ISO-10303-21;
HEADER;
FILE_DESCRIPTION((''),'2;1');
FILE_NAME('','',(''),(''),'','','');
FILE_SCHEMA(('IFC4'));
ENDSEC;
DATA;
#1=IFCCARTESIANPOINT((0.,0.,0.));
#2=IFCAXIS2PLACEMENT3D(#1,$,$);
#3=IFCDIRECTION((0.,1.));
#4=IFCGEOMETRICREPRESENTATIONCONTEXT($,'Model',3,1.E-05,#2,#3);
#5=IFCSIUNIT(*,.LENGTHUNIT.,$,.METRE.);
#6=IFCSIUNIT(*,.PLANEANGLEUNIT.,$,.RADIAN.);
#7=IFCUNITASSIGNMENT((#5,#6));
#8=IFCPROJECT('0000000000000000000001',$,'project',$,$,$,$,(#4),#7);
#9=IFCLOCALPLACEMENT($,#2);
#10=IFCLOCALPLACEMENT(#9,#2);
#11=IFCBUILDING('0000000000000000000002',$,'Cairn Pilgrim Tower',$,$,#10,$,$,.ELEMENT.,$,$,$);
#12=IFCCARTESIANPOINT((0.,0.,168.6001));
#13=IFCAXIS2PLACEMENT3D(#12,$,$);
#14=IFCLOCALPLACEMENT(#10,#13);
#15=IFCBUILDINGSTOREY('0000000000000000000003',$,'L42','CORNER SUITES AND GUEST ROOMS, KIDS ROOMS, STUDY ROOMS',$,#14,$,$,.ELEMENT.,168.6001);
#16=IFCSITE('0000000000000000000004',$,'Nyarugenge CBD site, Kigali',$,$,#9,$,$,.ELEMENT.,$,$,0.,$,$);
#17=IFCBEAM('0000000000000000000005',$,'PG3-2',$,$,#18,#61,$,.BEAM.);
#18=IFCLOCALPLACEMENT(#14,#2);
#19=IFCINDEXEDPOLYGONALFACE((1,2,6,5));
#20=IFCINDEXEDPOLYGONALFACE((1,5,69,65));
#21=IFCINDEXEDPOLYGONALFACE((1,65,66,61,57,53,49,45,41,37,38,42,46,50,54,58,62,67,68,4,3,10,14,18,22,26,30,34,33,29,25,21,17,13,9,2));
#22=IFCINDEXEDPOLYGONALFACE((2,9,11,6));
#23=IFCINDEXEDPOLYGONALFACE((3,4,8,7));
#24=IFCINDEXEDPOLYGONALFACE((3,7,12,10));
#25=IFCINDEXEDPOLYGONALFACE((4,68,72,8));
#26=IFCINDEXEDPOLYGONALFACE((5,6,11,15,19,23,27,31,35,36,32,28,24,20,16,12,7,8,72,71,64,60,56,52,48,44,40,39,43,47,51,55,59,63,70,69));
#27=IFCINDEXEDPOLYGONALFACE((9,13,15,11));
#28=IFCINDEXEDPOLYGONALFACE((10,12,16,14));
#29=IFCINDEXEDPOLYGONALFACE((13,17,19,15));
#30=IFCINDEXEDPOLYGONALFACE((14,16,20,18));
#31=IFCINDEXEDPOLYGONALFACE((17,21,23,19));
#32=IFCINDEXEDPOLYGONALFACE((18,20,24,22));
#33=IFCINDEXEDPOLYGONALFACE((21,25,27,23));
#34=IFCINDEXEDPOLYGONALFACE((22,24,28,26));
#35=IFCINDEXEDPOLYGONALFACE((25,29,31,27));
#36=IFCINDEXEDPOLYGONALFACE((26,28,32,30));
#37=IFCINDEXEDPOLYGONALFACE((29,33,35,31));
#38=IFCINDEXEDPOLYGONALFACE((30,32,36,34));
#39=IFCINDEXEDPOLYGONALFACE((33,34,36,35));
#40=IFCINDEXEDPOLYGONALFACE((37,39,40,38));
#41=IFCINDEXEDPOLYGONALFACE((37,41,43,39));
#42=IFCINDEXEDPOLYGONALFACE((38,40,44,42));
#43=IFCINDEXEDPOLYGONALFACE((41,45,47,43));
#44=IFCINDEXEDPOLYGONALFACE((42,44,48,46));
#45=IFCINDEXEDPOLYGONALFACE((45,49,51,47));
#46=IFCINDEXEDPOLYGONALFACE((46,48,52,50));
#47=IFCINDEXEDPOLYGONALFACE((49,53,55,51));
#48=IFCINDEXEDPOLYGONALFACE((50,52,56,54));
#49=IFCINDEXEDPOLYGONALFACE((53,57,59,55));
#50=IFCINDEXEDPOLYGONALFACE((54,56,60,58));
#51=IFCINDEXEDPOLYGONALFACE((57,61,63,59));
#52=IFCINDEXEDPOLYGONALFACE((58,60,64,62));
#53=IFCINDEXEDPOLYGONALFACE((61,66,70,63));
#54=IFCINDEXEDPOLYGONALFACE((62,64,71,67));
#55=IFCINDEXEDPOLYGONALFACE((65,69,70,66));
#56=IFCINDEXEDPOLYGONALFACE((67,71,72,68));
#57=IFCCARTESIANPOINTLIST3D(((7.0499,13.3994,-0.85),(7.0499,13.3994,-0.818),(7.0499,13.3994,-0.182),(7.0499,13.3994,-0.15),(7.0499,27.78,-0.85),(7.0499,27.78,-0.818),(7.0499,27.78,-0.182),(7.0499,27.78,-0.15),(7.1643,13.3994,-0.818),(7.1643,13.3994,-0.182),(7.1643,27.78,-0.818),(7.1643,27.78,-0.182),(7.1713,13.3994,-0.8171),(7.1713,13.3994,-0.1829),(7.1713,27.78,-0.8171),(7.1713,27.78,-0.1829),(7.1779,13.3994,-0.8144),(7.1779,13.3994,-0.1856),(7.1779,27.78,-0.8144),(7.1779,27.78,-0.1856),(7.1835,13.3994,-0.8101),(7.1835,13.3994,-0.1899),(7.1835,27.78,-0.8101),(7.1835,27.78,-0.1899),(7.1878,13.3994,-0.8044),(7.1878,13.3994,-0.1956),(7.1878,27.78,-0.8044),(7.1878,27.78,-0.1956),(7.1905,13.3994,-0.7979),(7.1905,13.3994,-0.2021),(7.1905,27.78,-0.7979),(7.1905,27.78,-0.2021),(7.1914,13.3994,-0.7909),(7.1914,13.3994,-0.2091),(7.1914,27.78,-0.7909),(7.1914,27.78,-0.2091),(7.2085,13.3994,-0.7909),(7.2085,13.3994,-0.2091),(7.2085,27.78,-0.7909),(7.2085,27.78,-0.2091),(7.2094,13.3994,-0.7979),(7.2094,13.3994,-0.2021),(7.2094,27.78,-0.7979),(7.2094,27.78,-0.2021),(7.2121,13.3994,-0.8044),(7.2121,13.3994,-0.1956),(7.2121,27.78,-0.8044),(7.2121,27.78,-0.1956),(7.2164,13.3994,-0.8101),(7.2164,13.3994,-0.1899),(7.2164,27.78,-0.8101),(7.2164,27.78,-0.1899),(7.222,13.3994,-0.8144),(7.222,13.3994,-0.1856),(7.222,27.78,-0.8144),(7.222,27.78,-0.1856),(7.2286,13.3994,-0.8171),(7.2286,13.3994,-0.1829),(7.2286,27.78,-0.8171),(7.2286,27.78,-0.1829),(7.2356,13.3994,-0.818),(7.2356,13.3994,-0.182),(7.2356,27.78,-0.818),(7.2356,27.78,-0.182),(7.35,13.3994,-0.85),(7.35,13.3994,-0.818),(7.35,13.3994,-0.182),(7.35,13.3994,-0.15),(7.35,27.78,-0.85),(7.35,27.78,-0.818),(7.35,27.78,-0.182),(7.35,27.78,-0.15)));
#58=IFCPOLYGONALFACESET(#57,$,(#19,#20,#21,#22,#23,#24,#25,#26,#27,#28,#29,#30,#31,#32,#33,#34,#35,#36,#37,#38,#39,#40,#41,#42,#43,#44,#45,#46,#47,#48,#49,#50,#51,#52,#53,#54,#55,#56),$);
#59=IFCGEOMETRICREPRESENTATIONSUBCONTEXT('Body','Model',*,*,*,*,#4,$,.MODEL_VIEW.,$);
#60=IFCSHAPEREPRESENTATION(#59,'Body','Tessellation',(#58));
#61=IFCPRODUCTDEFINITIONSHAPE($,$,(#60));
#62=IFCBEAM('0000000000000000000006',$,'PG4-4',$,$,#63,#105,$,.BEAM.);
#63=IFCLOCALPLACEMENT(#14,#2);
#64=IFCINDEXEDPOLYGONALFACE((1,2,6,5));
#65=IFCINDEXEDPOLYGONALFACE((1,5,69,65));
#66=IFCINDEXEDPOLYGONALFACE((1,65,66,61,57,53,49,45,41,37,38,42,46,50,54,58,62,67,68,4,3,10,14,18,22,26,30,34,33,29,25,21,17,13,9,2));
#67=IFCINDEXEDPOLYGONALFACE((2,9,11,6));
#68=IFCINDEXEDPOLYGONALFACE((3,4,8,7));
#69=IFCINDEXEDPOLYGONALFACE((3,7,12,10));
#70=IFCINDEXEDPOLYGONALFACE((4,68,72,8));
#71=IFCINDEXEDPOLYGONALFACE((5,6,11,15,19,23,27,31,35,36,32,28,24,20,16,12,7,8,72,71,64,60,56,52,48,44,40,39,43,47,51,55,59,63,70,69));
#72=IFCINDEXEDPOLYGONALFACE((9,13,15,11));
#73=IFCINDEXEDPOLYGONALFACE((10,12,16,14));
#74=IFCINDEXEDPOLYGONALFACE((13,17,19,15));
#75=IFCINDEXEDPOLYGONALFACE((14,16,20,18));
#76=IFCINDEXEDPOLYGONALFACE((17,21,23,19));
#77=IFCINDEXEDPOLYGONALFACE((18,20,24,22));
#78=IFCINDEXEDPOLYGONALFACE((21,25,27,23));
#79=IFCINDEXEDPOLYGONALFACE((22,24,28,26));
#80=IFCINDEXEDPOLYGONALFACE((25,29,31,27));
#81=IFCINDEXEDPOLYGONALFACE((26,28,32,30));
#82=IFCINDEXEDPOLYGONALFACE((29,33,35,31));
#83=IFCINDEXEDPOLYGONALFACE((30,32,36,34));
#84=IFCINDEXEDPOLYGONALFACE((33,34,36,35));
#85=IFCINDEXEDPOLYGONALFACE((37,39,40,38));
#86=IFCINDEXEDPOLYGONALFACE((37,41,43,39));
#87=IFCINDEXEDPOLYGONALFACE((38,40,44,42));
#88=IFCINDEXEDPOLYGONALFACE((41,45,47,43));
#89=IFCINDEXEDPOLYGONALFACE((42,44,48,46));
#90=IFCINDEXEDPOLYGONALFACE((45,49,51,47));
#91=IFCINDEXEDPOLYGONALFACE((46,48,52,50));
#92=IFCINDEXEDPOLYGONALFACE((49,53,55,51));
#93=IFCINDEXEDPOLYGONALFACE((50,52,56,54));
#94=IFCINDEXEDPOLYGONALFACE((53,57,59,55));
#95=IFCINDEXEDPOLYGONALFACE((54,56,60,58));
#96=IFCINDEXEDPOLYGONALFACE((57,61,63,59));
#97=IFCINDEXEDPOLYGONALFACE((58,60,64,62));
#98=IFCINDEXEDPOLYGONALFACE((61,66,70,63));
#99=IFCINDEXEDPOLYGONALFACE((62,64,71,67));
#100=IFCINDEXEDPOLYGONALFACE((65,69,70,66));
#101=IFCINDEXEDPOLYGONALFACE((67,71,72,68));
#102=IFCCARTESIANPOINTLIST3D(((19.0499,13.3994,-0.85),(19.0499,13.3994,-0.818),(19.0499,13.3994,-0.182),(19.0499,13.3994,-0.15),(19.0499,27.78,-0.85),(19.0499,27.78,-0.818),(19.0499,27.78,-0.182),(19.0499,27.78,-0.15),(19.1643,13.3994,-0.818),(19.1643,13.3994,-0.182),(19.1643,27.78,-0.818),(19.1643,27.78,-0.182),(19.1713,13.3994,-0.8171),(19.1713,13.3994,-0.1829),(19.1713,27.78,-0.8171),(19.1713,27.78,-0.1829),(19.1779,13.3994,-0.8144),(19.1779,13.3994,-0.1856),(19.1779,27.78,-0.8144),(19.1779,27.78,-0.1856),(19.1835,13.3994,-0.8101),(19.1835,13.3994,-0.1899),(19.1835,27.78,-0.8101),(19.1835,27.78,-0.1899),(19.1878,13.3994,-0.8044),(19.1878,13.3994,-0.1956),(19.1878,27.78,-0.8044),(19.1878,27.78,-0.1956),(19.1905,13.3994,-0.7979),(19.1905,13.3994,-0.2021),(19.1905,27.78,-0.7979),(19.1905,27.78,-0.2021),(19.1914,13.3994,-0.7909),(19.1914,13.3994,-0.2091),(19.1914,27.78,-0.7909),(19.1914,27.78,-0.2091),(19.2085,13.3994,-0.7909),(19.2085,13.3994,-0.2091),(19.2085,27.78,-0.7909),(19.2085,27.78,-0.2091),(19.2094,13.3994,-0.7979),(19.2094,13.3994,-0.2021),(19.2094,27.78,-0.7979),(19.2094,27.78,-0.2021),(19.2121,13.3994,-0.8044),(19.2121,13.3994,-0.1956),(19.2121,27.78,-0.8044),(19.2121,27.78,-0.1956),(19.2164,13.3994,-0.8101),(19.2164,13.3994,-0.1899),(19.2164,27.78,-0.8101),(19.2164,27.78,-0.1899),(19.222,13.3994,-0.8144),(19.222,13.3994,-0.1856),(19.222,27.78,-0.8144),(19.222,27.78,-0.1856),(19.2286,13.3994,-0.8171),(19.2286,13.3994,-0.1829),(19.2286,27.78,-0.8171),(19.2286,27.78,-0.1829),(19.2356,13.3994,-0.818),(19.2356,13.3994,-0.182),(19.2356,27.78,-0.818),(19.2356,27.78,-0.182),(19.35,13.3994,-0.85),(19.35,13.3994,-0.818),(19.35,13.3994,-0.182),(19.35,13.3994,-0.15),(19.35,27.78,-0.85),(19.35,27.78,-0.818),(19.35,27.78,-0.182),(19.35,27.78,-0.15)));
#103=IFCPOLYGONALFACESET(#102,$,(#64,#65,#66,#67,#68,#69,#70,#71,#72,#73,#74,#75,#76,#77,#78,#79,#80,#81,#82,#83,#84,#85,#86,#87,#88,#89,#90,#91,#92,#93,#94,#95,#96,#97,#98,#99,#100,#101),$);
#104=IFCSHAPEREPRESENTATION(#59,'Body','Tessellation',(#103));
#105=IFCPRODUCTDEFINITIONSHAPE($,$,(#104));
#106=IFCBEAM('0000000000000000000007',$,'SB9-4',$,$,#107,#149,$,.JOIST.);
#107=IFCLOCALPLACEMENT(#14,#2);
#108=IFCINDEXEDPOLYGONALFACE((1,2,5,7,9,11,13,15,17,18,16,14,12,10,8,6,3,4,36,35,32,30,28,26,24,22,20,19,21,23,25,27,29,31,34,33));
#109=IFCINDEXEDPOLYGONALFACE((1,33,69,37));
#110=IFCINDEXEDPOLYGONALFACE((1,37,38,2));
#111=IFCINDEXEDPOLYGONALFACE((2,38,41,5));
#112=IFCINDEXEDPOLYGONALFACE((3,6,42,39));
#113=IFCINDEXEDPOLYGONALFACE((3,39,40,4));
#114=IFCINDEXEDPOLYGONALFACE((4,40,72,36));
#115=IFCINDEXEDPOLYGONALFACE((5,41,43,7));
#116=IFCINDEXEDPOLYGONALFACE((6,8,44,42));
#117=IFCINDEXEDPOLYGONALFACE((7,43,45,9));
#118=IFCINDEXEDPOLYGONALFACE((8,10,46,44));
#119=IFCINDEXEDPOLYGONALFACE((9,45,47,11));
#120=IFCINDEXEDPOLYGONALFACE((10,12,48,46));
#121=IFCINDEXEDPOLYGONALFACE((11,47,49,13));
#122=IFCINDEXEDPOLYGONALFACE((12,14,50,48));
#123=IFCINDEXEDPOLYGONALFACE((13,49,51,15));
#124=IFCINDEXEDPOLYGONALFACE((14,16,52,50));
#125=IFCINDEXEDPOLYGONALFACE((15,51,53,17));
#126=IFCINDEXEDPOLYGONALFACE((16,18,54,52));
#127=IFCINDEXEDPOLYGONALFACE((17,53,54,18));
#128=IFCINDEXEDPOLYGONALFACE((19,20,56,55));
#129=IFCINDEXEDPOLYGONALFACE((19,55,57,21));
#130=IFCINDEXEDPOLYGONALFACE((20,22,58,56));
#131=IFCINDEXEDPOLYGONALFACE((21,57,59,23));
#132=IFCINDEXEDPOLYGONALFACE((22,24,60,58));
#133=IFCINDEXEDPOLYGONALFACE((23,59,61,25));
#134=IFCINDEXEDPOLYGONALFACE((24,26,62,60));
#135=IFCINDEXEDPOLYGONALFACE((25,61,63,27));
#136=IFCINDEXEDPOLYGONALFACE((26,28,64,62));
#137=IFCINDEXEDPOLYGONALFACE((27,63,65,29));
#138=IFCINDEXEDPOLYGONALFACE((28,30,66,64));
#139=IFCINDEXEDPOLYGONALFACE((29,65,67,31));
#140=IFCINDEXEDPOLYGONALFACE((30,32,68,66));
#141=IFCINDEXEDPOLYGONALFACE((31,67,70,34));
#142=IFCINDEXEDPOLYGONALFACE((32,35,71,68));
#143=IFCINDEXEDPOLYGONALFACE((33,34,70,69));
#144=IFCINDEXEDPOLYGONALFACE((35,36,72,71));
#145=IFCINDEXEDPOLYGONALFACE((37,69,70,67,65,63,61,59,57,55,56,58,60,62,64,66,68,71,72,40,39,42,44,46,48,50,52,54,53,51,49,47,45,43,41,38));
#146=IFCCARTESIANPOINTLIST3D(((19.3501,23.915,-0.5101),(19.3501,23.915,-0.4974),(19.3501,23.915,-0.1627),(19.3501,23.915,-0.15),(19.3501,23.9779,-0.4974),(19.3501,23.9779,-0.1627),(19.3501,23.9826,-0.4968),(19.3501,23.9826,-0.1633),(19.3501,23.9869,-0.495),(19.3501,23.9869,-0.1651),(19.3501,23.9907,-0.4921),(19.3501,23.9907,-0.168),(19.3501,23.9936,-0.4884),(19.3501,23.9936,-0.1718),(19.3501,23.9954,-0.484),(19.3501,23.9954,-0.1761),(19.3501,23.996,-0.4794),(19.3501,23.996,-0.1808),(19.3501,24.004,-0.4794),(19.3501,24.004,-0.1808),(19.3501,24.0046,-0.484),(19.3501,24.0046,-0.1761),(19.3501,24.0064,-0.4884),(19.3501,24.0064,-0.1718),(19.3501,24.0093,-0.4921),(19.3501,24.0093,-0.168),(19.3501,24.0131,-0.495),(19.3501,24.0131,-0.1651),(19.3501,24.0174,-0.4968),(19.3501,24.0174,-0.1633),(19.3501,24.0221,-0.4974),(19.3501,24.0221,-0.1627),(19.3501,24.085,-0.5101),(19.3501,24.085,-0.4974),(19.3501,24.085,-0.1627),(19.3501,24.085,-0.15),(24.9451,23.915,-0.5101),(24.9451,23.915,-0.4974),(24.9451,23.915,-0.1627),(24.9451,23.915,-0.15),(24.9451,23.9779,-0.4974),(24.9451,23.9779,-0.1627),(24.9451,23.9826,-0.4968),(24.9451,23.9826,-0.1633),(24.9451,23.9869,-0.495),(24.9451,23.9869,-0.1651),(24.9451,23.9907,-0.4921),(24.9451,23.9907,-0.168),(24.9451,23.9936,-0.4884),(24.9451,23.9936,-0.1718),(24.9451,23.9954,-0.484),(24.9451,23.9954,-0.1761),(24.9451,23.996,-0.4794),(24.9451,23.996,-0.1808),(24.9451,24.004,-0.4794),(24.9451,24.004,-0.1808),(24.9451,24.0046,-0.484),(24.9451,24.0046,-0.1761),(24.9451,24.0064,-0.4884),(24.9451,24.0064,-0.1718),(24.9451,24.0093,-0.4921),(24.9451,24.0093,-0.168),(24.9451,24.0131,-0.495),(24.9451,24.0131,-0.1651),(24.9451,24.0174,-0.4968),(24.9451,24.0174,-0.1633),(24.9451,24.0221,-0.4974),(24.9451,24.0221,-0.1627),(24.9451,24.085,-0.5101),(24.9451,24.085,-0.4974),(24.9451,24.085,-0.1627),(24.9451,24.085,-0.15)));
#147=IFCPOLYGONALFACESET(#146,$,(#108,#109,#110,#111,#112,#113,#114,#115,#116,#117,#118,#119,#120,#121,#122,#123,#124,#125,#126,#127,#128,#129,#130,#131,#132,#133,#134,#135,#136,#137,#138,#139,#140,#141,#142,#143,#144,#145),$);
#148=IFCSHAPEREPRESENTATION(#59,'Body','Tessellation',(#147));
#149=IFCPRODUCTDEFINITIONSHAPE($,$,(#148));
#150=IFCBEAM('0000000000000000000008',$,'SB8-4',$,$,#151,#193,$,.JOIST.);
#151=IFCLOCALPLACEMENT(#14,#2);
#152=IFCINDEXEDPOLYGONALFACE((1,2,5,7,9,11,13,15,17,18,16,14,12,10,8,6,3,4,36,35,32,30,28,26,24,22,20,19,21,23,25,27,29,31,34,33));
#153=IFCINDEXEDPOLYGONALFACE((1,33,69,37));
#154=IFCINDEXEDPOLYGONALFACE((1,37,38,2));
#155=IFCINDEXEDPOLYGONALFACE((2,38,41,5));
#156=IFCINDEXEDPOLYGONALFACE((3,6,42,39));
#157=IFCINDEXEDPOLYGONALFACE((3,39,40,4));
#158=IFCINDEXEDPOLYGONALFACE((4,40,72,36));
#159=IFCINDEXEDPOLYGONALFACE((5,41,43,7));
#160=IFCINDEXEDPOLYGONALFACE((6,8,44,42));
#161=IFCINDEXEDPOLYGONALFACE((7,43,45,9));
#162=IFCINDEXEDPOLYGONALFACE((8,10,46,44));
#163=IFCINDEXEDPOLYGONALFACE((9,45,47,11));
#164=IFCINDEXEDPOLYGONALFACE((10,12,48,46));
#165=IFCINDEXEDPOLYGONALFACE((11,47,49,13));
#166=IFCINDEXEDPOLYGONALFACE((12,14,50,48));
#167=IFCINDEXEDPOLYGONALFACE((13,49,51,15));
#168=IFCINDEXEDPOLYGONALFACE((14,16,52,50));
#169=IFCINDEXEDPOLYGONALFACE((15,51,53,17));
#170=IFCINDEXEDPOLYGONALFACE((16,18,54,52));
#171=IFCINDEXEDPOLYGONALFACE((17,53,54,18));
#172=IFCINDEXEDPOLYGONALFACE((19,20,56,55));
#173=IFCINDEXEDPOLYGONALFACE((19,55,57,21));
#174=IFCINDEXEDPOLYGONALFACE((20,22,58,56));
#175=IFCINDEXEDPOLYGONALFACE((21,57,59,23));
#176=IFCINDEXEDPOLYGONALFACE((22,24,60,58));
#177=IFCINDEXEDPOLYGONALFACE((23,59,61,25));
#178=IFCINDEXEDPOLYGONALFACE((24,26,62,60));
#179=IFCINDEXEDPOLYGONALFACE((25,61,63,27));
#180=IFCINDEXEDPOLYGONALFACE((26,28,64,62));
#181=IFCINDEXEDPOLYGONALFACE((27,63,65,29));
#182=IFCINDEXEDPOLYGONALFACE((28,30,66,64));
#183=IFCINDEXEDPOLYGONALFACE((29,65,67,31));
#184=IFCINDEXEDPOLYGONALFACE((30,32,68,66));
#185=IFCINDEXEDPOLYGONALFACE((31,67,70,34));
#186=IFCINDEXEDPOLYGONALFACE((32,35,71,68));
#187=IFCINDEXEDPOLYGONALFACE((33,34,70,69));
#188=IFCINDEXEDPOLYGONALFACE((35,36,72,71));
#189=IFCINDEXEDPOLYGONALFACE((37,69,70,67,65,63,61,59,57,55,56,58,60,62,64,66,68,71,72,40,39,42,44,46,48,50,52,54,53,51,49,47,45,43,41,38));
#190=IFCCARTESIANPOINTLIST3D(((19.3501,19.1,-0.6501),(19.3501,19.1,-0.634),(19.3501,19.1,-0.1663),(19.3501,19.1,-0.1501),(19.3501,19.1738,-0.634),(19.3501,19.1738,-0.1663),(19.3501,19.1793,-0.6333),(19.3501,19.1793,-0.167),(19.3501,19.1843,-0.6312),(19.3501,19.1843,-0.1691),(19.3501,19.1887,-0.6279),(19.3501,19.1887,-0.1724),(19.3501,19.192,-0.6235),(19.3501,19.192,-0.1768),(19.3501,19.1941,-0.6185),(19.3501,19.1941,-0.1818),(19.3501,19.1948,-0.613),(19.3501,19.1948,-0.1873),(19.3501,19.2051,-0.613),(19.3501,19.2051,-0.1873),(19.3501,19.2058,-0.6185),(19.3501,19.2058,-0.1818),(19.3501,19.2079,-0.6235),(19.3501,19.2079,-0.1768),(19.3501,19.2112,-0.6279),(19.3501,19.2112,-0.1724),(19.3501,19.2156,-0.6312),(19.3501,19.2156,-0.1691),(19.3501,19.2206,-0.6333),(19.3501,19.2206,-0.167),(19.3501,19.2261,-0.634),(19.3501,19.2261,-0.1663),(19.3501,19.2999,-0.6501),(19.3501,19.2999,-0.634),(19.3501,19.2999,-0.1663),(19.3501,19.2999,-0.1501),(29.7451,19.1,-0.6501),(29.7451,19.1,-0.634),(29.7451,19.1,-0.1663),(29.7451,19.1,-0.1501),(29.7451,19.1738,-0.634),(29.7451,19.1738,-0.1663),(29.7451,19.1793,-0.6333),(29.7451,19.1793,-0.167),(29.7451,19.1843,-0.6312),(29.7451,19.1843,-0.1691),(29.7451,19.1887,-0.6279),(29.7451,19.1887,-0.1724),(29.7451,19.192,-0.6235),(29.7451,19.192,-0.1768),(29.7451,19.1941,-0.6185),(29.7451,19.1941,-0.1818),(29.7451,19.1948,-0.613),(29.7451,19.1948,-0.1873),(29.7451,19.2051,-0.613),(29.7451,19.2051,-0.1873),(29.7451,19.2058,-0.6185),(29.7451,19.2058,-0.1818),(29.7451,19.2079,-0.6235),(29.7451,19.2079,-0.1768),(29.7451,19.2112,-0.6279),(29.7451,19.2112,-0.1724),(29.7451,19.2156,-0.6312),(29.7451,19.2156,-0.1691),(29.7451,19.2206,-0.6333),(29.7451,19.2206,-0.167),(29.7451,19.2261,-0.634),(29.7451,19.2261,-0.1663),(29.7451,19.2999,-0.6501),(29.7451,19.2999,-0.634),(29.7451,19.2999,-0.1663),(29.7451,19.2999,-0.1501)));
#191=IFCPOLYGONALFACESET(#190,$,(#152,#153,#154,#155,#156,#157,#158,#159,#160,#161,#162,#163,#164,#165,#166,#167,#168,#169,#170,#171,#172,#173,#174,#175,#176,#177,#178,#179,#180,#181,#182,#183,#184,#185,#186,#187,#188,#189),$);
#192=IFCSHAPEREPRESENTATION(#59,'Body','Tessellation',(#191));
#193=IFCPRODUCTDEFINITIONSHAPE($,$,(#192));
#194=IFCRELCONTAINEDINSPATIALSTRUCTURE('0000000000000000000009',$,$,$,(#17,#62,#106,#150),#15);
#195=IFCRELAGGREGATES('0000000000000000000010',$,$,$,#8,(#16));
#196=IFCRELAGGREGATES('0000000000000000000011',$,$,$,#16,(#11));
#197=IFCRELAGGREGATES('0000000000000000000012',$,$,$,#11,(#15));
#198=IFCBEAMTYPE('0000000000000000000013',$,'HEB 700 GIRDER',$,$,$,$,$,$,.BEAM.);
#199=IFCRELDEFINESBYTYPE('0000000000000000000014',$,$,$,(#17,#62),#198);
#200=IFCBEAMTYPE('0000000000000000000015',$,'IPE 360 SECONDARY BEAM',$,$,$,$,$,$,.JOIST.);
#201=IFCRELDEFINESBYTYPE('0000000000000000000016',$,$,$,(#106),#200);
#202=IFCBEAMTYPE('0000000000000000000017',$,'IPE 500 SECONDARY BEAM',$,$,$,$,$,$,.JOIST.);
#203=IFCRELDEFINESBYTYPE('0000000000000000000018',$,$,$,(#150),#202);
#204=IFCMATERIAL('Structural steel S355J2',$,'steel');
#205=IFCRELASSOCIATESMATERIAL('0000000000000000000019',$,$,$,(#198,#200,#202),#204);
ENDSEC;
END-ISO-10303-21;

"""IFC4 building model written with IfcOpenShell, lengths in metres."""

from ifc_helpers import new_model, si_unit, direction, frame, origin, origin_2d, place, context, subcontext, project, spatial, i_section, extrude, material, material_profile, profile_set, type_object, element, save


model = new_model("IFC4")

# Units and contexts
model_context = context("Model", 3, precision=1e-05, world=origin(), true_north=direction((0.0, 1.0)))
body_context = subcontext(model_context, "Body", "Model", "MODEL_VIEW")
ifc_project = project(units=[si_unit("LENGTHUNIT", "METRE"), si_unit("PLANEANGLEUNIT", "RADIAN")], contexts=[model_context])

# Site, building, storey
site_placement = place(None, origin())
site = spatial("IfcSite", under=ifc_project, at=site_placement, Name="Nyarugenge CBD site, Kigali", CompositionType="ELEMENT", RefElevation=0.0)
building_placement = place(site_placement, origin())
building = spatial("IfcBuilding", under=site, at=building_placement, Name="Cairn Pilgrim Tower", CompositionType="ELEMENT")
storey_placement = place(building_placement, frame((0.0, 0.0, 168.6001)))
storey = spatial("IfcBuildingStorey", under=building, at=storey_placement, Name="L42", Description="CORNER SUITES AND GUEST ROOMS, KIDS ROOMS, STUDY ROOMS", CompositionType="ELEMENT", Elevation=168.6001)

# Beams
ifc_material_1 = material(Name="Structural steel S355J2", Category="steel")
ifc_material_profile_1 = material_profile(ifc_material_1, i_section(OverallWidth=0.3, OverallDepth=0.7, WebThickness=0.0171, FlangeThickness=0.032, FilletRadius=0.0271, at=origin_2d()), Name="HEB 700")
ifc_profile_set_1 = profile_set([ifc_material_profile_1], Name="Structural steel S355J2")
beam_type_1 = type_object("IfcBeamType", Name="HEB 700 GIRDER", PredefinedType="BEAM", material=ifc_profile_set_1)
for number, where, z_axis, x_axis, name in (
    (1, (7.2, 13.3994, -0.5), (0.0, 1.0, 0.0), (-1.0, 0.0, 0.0), "PG3-2"),
    (2, (19.2, 13.3994, -0.5), (0.0, 1.0, 0.0), (-1.0, 0.0, 0.0), "PG4-4"),
):
    element("IfcBeam", number, at=place(storey_placement, frame(where, z_axis=z_axis, x_axis=x_axis)), inside=storey, type_object=beam_type_1, Name=name, PredefinedType="BEAM", context=body_context, shape_type="SweptSolid", body=[
        extrude(i_section(OverallWidth=0.3, OverallDepth=0.7, WebThickness=0.0171, FlangeThickness=0.032, FilletRadius=0.0271, at=origin_2d()), origin(), (0.0, 0.0, 1.0), 14.3806),
    ])
ifc_material_profile_2 = material_profile(ifc_material_1, i_section(OverallWidth=0.1699, OverallDepth=0.3601, WebThickness=0.0081, FlangeThickness=0.0127, FilletRadius=0.0181, at=origin_2d()), Name="IPE 360")
ifc_profile_set_2 = profile_set([ifc_material_profile_2], Name="Structural steel S355J2")
beam_type_2 = type_object("IfcBeamType", Name="IPE 360 SECONDARY BEAM", PredefinedType="JOIST", material=ifc_profile_set_2)
beam_1_placement = place(storey_placement, frame((19.3501, 24.0, -0.3301), z_axis=(1.0, 0.0, 0.0), x_axis=(0.0, 1.0, 0.0)))
element("IfcBeam", 3, at=beam_1_placement, inside=storey, type_object=beam_type_2, Name="SB9-4", PredefinedType="JOIST", context=body_context, shape_type="SweptSolid", body=[
    extrude(i_section(OverallWidth=0.1699, OverallDepth=0.3601, WebThickness=0.0081, FlangeThickness=0.0127, FilletRadius=0.0181, at=origin_2d()), origin(), (0.0, 0.0, 1.0), 5.595),
])
ifc_material_profile_3 = material_profile(ifc_material_1, i_section(OverallWidth=0.2, OverallDepth=0.5, WebThickness=0.0103, FlangeThickness=0.0161, FilletRadius=0.021, at=origin_2d()), Name="IPE 500")
ifc_profile_set_3 = profile_set([ifc_material_profile_3], Name="Structural steel S355J2")
beam_type_3 = type_object("IfcBeamType", Name="IPE 500 SECONDARY BEAM", PredefinedType="JOIST", material=ifc_profile_set_3)
beam_2_placement = place(storey_placement, frame((19.3501, 19.2, -0.4001), z_axis=(1.0, 0.0, 0.0), x_axis=(0.0, 1.0, 0.0)))
element("IfcBeam", 4, at=beam_2_placement, inside=storey, type_object=beam_type_3, Name="SB8-4", PredefinedType="JOIST", context=body_context, shape_type="SweptSolid", body=[
    extrude(i_section(OverallWidth=0.2, OverallDepth=0.5, WebThickness=0.0103, FlangeThickness=0.0161, FilletRadius=0.021, at=origin_2d()), origin(), (0.0, 0.0, 1.0), 10.395),
])

save(model, "model.ifc")
